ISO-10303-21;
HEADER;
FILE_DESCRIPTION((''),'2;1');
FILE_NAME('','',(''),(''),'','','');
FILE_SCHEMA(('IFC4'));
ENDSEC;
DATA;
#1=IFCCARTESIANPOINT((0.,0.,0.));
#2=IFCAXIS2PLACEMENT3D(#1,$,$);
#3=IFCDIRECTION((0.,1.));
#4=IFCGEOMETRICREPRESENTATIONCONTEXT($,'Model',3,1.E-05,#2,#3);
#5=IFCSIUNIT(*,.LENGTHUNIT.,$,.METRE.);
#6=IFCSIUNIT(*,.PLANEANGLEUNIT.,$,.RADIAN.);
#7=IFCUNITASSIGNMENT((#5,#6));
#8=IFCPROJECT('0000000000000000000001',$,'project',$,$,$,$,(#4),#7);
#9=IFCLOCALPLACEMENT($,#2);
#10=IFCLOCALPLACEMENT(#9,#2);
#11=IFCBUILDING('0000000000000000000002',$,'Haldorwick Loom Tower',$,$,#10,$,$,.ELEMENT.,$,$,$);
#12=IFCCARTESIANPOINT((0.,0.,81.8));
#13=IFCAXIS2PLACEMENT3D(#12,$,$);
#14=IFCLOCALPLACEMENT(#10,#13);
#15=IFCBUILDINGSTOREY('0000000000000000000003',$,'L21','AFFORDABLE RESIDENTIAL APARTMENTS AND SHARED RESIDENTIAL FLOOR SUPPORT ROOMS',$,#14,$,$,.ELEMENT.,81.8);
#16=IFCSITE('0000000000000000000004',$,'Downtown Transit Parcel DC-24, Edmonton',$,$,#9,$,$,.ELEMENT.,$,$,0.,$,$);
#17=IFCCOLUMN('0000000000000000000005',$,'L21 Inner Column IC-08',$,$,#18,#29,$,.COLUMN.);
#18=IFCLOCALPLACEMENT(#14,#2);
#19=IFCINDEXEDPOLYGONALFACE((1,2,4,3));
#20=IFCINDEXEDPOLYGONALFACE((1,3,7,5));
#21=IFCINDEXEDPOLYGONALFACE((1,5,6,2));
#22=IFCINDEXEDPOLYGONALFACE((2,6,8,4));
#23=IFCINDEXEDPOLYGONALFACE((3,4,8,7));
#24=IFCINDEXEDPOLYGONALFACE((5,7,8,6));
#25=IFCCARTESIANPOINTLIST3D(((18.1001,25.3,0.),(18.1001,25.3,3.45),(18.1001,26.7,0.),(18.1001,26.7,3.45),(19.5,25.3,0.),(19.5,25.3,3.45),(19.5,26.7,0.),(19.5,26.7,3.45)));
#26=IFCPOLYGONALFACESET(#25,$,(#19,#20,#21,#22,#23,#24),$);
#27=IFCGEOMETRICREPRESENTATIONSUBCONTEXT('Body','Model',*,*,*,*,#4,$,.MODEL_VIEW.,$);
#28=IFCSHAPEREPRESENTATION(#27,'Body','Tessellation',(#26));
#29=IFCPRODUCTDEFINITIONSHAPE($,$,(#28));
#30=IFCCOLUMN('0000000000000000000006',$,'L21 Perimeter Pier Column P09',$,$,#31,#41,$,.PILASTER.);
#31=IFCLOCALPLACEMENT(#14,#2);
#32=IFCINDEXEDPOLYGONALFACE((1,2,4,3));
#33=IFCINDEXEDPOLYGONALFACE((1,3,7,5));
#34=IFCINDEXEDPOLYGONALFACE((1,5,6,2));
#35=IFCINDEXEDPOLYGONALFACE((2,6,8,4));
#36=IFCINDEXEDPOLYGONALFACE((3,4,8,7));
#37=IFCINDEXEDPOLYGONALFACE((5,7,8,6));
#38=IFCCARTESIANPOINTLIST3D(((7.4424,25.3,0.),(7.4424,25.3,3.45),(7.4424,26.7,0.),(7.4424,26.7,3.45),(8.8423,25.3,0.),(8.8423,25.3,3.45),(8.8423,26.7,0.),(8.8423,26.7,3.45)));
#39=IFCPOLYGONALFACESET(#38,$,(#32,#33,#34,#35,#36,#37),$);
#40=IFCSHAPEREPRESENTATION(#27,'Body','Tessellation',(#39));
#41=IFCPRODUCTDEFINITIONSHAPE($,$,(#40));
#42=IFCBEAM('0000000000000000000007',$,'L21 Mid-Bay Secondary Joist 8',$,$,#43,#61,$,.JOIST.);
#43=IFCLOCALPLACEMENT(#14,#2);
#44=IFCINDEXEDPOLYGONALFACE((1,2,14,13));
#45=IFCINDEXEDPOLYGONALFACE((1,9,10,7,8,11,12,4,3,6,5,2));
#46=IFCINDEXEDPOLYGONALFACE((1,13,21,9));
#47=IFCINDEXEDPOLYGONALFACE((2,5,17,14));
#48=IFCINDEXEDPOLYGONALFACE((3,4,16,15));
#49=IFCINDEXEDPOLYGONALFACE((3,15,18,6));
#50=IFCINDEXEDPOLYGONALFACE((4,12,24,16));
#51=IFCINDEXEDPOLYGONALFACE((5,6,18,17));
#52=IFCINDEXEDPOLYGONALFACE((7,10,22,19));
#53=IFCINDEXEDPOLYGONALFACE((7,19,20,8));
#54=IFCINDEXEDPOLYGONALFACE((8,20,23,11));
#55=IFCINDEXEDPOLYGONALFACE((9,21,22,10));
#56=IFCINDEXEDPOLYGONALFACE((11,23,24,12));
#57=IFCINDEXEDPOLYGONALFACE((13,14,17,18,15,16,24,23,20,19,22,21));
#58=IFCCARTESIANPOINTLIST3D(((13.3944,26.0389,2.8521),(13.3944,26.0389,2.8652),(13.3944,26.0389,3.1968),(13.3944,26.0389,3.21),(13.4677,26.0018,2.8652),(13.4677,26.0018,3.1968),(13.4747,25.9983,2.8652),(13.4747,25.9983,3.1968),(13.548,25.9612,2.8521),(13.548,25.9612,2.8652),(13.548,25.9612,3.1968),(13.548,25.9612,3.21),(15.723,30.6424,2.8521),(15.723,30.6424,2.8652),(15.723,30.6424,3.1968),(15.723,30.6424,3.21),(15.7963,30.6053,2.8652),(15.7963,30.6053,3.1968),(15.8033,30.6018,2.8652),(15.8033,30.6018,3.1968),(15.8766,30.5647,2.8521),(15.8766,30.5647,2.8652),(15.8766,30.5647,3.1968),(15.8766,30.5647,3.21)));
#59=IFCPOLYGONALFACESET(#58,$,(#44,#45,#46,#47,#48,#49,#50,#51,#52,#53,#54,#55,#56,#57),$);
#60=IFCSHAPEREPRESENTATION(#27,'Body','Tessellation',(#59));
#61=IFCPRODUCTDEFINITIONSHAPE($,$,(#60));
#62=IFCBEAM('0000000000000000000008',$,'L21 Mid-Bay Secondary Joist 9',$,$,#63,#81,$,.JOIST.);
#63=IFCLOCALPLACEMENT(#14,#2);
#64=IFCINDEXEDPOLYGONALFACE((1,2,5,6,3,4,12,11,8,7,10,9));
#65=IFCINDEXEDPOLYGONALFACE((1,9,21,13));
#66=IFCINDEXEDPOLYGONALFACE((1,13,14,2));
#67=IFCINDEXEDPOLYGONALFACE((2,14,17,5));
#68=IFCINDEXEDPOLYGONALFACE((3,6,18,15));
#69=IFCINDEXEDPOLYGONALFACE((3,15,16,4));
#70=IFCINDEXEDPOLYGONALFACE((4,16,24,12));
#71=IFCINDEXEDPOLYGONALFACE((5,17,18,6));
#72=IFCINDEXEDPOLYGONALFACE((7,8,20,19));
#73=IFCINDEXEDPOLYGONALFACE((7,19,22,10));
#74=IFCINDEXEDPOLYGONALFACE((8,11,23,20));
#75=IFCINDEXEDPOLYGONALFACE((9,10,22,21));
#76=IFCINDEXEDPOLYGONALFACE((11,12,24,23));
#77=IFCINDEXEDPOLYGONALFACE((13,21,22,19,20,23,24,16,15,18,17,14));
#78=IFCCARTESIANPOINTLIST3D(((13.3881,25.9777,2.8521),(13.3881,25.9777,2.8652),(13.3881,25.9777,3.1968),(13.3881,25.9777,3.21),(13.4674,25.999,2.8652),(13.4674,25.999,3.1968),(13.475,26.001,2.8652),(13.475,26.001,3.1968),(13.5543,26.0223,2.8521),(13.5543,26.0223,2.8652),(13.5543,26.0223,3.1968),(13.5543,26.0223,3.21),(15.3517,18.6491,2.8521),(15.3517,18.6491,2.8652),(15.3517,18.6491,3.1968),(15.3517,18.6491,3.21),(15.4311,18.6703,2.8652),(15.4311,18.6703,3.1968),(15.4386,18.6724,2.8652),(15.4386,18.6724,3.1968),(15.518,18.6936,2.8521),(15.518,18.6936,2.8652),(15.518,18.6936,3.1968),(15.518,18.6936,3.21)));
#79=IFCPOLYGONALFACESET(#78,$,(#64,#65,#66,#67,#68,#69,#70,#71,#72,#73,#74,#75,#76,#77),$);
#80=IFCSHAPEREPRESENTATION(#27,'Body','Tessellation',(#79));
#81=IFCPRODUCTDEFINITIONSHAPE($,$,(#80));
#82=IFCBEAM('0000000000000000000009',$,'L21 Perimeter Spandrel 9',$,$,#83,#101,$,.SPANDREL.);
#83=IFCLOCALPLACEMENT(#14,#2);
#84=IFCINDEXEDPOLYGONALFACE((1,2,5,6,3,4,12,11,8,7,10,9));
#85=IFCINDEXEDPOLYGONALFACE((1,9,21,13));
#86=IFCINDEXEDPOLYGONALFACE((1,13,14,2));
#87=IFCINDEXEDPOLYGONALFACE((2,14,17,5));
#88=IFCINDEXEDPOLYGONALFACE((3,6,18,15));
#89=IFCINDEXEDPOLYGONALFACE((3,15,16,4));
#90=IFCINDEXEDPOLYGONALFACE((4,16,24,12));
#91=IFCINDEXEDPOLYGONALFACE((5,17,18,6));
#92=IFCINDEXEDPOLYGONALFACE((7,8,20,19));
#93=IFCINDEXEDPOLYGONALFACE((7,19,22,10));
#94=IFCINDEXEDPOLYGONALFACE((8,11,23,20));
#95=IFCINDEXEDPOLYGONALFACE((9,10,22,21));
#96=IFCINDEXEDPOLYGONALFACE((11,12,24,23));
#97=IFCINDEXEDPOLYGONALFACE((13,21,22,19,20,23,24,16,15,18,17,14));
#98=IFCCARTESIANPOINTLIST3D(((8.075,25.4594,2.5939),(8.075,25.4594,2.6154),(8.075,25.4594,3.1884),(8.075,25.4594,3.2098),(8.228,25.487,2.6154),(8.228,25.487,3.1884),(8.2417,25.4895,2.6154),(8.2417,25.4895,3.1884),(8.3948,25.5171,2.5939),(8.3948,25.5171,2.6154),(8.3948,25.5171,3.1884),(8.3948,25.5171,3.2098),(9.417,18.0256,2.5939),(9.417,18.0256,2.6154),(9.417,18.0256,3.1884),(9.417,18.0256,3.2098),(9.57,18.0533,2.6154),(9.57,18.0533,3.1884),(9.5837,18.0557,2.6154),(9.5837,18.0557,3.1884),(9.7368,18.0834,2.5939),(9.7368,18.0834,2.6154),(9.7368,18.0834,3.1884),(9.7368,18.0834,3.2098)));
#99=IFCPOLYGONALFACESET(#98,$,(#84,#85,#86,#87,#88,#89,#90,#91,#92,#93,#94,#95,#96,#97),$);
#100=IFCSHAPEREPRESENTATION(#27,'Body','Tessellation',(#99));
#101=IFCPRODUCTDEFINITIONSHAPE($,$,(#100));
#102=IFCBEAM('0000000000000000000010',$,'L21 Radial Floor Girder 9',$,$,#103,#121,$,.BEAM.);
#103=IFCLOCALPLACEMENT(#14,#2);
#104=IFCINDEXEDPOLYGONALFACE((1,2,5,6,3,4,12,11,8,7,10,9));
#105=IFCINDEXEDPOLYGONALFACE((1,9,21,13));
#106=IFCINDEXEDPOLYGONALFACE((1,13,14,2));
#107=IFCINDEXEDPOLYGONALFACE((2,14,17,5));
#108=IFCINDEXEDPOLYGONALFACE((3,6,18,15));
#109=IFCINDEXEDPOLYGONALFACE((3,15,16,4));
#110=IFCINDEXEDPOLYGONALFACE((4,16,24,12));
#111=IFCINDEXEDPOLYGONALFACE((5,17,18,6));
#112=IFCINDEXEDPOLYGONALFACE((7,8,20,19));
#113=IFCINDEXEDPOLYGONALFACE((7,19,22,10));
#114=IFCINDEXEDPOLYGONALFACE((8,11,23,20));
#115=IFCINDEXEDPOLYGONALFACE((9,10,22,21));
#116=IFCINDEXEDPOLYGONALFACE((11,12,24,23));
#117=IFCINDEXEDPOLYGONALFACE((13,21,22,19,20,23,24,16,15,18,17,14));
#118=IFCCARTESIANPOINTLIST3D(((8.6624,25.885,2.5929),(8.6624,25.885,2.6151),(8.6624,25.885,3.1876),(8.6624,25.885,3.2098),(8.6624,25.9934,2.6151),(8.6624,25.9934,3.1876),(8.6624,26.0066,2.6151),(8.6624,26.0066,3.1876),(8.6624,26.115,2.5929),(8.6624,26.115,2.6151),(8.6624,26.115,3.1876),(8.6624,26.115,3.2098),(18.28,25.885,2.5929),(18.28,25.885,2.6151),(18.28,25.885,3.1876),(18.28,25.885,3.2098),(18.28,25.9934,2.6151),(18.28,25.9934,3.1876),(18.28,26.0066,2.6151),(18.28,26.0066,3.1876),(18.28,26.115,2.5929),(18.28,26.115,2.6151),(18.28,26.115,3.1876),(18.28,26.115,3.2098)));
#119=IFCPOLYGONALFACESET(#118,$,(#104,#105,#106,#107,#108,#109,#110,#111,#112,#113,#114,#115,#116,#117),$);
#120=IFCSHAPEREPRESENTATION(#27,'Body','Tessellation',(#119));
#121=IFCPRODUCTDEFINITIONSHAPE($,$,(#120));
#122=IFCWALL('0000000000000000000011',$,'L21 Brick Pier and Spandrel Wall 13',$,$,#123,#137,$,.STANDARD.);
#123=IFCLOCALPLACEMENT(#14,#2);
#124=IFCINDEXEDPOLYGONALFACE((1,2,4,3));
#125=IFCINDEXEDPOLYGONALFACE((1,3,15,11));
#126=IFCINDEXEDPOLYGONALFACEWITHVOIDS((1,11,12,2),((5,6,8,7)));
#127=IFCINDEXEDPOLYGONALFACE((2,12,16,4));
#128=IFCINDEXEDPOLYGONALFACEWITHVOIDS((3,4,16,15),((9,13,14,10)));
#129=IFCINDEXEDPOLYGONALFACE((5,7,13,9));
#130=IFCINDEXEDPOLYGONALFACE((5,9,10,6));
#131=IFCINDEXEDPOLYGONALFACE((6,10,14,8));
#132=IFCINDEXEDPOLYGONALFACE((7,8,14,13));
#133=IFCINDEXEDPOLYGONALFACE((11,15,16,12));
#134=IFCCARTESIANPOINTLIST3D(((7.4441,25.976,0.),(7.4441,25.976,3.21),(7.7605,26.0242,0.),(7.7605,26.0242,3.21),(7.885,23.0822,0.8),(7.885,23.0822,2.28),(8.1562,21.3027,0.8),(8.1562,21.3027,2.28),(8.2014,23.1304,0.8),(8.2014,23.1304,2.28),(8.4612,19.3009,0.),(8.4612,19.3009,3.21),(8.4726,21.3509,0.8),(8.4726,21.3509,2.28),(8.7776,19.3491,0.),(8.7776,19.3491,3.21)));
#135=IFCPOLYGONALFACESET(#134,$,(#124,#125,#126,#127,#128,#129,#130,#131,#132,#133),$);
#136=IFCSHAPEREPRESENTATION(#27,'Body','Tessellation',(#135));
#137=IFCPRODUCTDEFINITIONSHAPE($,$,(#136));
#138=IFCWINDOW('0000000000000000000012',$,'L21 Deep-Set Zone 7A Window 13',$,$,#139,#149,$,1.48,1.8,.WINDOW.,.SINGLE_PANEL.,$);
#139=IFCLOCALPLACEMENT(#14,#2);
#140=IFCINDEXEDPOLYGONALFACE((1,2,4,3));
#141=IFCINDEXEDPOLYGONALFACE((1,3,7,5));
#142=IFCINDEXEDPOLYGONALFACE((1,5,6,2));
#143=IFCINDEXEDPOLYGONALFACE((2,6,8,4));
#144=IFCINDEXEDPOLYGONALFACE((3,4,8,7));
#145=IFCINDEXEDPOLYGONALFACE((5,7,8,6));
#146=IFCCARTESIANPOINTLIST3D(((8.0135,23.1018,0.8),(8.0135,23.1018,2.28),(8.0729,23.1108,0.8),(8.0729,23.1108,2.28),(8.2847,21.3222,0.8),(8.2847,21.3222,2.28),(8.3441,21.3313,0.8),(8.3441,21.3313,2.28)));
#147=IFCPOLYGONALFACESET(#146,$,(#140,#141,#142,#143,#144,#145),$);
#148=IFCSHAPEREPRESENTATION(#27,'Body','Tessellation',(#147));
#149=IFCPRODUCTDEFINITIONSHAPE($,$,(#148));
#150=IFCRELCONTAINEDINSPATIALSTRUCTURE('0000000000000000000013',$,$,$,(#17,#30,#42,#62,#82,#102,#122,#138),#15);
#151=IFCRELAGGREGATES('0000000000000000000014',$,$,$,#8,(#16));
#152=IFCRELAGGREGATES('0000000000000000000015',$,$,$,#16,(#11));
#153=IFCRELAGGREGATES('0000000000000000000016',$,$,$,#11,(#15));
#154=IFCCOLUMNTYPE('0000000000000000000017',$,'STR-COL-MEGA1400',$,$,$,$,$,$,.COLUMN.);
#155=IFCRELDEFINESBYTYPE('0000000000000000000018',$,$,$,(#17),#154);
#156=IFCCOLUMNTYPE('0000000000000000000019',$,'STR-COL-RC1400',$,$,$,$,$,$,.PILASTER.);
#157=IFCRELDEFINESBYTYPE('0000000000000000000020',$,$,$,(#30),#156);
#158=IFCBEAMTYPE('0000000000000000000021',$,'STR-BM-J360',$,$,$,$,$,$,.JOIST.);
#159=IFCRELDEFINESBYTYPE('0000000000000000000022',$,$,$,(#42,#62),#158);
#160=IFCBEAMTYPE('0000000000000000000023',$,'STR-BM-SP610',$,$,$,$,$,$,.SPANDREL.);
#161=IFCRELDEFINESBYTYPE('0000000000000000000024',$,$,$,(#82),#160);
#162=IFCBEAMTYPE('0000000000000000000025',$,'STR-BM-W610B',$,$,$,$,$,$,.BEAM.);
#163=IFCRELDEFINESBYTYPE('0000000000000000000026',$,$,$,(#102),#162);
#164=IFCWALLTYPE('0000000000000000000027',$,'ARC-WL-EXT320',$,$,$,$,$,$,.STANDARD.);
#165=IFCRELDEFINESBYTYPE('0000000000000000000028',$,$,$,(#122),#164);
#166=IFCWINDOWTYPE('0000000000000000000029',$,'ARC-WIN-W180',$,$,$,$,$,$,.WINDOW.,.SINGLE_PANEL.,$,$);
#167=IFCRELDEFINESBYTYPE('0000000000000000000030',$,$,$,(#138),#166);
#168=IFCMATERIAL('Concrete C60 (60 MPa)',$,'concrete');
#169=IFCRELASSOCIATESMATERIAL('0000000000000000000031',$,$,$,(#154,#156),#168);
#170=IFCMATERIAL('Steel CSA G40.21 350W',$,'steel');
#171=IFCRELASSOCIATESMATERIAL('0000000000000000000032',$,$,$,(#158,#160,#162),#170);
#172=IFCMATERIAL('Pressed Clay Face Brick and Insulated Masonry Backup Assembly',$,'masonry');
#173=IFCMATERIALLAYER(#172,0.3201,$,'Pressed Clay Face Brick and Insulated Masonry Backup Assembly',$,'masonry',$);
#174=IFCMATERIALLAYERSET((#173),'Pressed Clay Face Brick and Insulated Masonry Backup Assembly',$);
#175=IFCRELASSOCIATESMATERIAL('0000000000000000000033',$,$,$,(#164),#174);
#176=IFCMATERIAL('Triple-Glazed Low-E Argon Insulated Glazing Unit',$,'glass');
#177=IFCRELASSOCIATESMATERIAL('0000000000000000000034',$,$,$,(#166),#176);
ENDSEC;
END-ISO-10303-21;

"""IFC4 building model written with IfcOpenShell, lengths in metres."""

from ifc_helpers import new_model, si_unit, direction, frame, frame_2d, origin, origin_2d, place, context, subcontext, project, spatial, rectangle, i_section, extrude, material, layer, layer_set, material_profile, profile_set, type_object, element, fill, save


model = new_model("IFC4")

# Units and contexts
model_context = context("Model", 3, precision=1e-05, world=origin(), true_north=direction((0.0, 1.0)))
body_context = subcontext(model_context, "Body", "Model", "MODEL_VIEW")
ifc_project = project(units=[si_unit("LENGTHUNIT", "METRE"), si_unit("PLANEANGLEUNIT", "RADIAN")], contexts=[model_context])

# Site, building, storey
site_placement = place(None, origin())
site = spatial("IfcSite", under=ifc_project, at=site_placement, Name="Downtown Transit Parcel DC-24, Edmonton", CompositionType="ELEMENT", RefElevation=0.0)
building_placement = place(site_placement, origin())
building = spatial("IfcBuilding", under=site, at=building_placement, Name="Haldorwick Loom Tower", CompositionType="ELEMENT")
storey_placement = place(building_placement, frame((0.0, 0.0, 81.8)))
storey = spatial("IfcBuildingStorey", under=building, at=storey_placement, Name="L21", Description="AFFORDABLE RESIDENTIAL APARTMENTS AND SHARED RESIDENTIAL FLOOR SUPPORT ROOMS", CompositionType="ELEMENT", Elevation=81.8)

# Columns
ifc_material_1 = material(Name="Concrete C60 (60 MPa)", Category="concrete")
ifc_material_profile_1 = material_profile(ifc_material_1, rectangle(XDim=1.3999, YDim=1.3999, at=origin_2d()), Name="RC1400X1400", Category="concrete")
ifc_profile_set_1 = profile_set([ifc_material_profile_1], Name="Concrete C60 (60 MPa)")
column_type_1 = type_object("IfcColumnType", Name="STR-COL-MEGA1400", PredefinedType="COLUMN", material=ifc_profile_set_1)
column_1_placement = place(storey_placement, frame((18.8, 26.0, 0.0), z_axis=(0.0, 0.0, 1.0), x_axis=(1.0, 0.0, 0.0)))
element("IfcColumn", 1, at=column_1_placement, inside=storey, type_object=column_type_1, Name="L21 Inner Column IC-08", PredefinedType="COLUMN", context=body_context, shape_type="SweptSolid", body=[
    extrude(rectangle(XDim=1.3999, YDim=1.3999, at=origin_2d()), origin(), (0.0, 0.0, 1.0), 3.45),
])
ifc_material_profile_2 = material_profile(ifc_material_1, rectangle(XDim=1.3999, YDim=1.3999, at=origin_2d()), Name="RC1400X1400", Category="concrete")
ifc_profile_set_2 = profile_set([ifc_material_profile_2], Name="Concrete C60 (60 MPa)")
column_type_2 = type_object("IfcColumnType", Name="STR-COL-RC1400", PredefinedType="PILASTER", material=ifc_profile_set_2)
column_2_placement = place(storey_placement, frame((8.1423, 26.0, 0.0), z_axis=(0.0, 0.0, 1.0), x_axis=(-1.0, 0.0, 0.0)))
element("IfcColumn", 2, at=column_2_placement, inside=storey, type_object=column_type_2, Name="L21 Perimeter Pier Column P09", PredefinedType="PILASTER", context=body_context, shape_type="SweptSolid", body=[
    extrude(rectangle(XDim=1.3999, YDim=1.3999, at=origin_2d()), origin(), (0.0, 0.0, 1.0), 3.45),
])

# Beams
ifc_material_2 = material(Name="Steel CSA G40.21 350W", Category="steel")
ifc_material_profile_3 = material_profile(ifc_material_2, i_section(OverallWidth=0.1721, OverallDepth=0.3579, WebThickness=0.0078, FlangeThickness=0.0132, at=origin_2d()), Name="W360X57", Category="steel")
ifc_profile_set_3 = profile_set([ifc_material_profile_3], Name="Steel CSA G40.21 350W")
beam_type_1 = type_object("IfcBeamType", Name="STR-BM-J360", PredefinedType="JOIST", material=ifc_profile_set_3)
beam_1_placement = place(storey_placement, frame((15.7998, 30.6035, 3.031), z_axis=(-0.451373, -0.892335, 0.0), x_axis=(0.892335, -0.451373, 0.0)))
element("IfcBeam", 3, at=beam_1_placement, inside=storey, type_object=beam_type_1, Name="L21 Mid-Bay Secondary Joist 8", PredefinedType="JOIST", context=body_context, shape_type="SweptSolid", body=[
    extrude(i_section(OverallWidth=0.1721, OverallDepth=0.3579, WebThickness=0.0078, FlangeThickness=0.0132, at=origin_2d()), origin(), (0.0, 0.0, 1.0), 5.1589),
])
beam_2_placement = place(storey_placement, frame((13.4712, 26.0, 3.031), z_axis=(0.25881, -0.965928, 0.0), x_axis=(0.965928, 0.25881, 0.0)))
element("IfcBeam", 4, at=beam_2_placement, inside=storey, type_object=beam_type_1, Name="L21 Mid-Bay Secondary Joist 9", PredefinedType="JOIST", context=body_context, shape_type="SweptSolid", body=[
    extrude(i_section(OverallWidth=0.1721, OverallDepth=0.3579, WebThickness=0.0078, FlangeThickness=0.0132, at=origin_2d()), origin(), (0.0, 0.0, 1.0), 7.5872),
])
ifc_material_profile_4 = material_profile(ifc_material_2, i_section(OverallWidth=0.325, OverallDepth=0.616, WebThickness=0.0139, FlangeThickness=0.0215, at=origin_2d()), Name="W610X174", Category="steel")
ifc_profile_set_4 = profile_set([ifc_material_profile_4], Name="Steel CSA G40.21 350W")
beam_type_2 = type_object("IfcBeamType", Name="STR-BM-SP610", PredefinedType="SPANDREL", material=ifc_profile_set_4)
beam_3_placement = place(storey_placement, frame((8.2349, 25.4883, 2.9019), z_axis=(0.177659, -0.984092, 0.0), x_axis=(0.984092, 0.177659, 0.0)))
element("IfcBeam", 5, at=beam_3_placement, inside=storey, type_object=beam_type_2, Name="L21 Perimeter Spandrel 9", PredefinedType="SPANDREL", context=body_context, shape_type="SweptSolid", body=[
    extrude(i_section(OverallWidth=0.325, OverallDepth=0.616, WebThickness=0.0139, FlangeThickness=0.0215, at=origin_2d()), origin(), (0.0, 0.0, 1.0), 7.554),
])
ifc_material_profile_5 = material_profile(ifc_material_2, i_section(OverallWidth=0.23, OverallDepth=0.6169, WebThickness=0.0132, FlangeThickness=0.0222, at=origin_2d()), Name="W610X140", Category="steel")
ifc_profile_set_5 = profile_set([ifc_material_profile_5], Name="Steel CSA G40.21 350W")
beam_type_3 = type_object("IfcBeamType", Name="STR-BM-W610B", PredefinedType="BEAM", material=ifc_profile_set_5)
beam_4_placement = place(storey_placement, frame((18.28, 26.0, 2.9014), z_axis=(-1.0, 0.0, 0.0), x_axis=(0.0, -1.0, 0.0)))
element("IfcBeam", 6, at=beam_4_placement, inside=storey, type_object=beam_type_3, Name="L21 Radial Floor Girder 9", PredefinedType="BEAM", context=body_context, shape_type="SweptSolid", body=[
    extrude(i_section(OverallWidth=0.23, OverallDepth=0.6169, WebThickness=0.0132, FlangeThickness=0.0222, at=origin_2d()), origin(), (0.0, 0.0, 1.0), 9.6177),
])

# Wall, opening, window
ifc_material_3 = material(Name="Pressed Clay Face Brick and Insulated Masonry Backup Assembly", Category="masonry")
ifc_layer_1 = layer(ifc_material_3, 0.3201, Name="Pressed Clay Face Brick and Insulated Masonry Backup Assembly", Category="masonry")
ifc_layer_set_1 = layer_set([ifc_layer_1], Name="Pressed Clay Face Brick and Insulated Masonry Backup Assembly")
wall_type_1 = type_object("IfcWallType", Name="ARC-WL-EXT320", PredefinedType="STANDARD", material=ifc_layer_set_1)
wall_1_placement = place(storey_placement, frame((7.6023, 26.0, 0.0), z_axis=(0.0, 0.0, 1.0), x_axis=(0.150633, -0.98859, 0.0)))
wall_1 = element("IfcWall", 7, at=wall_1_placement, inside=storey, type_object=wall_type_1, Name="L21 Brick Pier and Spandrel Wall 13", PredefinedType="STANDARD", context=body_context, shape_type="SweptSolid", body=[
    extrude(rectangle(XDim=6.7522, YDim=0.3201, at=frame_2d((3.376, 0.0))), origin(), (0.0, 0.0, 1.0), 3.21),
])
opening_1_placement = place(wall_1_placement, frame((2.9272, 0.0, 0.8)))
opening_1 = element("IfcOpeningElement", 8, at=opening_1_placement, cuts=wall_1, PredefinedType="OPENING", context=body_context, shape_type="SweptSolid", body=[
    extrude(rectangle(XDim=1.8, YDim=1.48, at=frame_2d((0.8999, 0.74))), frame((0.0, 0.1699, 0.0), z_axis=(0.0, -1.0, 0.0), x_axis=(1.0, 0.0, 0.0)), (0.0, 0.0, 1.0), 0.3401),
])
ifc_material_4 = material(Name="Triple-Glazed Low-E Argon Insulated Glazing Unit", Category="glass")
window_type = type_object("IfcWindowType", Name="ARC-WIN-W180", PartitioningType="SINGLE_PANEL", PredefinedType="WINDOW", material=ifc_material_4)
window_placement = place(opening_1_placement, origin())
window = element("IfcWindow", 9, at=window_placement, inside=storey, type_object=window_type, Name="L21 Deep-Set Zone 7A Window 13", OverallHeight=1.48, OverallWidth=1.8, PartitioningType="SINGLE_PANEL", PredefinedType="WINDOW", context=body_context, shape_type="SweptSolid", body=[
    extrude(rectangle(XDim=1.8, YDim=1.48, at=frame_2d((0.8999, 0.74))), frame((0.0, 0.03, 0.0), z_axis=(0.0, -1.0, 0.0), x_axis=(1.0, 0.0, 0.0)), (0.0, 0.0, 1.0), 0.0601),
])
fill(opening_1, window)

save(model, "model.ifc")
